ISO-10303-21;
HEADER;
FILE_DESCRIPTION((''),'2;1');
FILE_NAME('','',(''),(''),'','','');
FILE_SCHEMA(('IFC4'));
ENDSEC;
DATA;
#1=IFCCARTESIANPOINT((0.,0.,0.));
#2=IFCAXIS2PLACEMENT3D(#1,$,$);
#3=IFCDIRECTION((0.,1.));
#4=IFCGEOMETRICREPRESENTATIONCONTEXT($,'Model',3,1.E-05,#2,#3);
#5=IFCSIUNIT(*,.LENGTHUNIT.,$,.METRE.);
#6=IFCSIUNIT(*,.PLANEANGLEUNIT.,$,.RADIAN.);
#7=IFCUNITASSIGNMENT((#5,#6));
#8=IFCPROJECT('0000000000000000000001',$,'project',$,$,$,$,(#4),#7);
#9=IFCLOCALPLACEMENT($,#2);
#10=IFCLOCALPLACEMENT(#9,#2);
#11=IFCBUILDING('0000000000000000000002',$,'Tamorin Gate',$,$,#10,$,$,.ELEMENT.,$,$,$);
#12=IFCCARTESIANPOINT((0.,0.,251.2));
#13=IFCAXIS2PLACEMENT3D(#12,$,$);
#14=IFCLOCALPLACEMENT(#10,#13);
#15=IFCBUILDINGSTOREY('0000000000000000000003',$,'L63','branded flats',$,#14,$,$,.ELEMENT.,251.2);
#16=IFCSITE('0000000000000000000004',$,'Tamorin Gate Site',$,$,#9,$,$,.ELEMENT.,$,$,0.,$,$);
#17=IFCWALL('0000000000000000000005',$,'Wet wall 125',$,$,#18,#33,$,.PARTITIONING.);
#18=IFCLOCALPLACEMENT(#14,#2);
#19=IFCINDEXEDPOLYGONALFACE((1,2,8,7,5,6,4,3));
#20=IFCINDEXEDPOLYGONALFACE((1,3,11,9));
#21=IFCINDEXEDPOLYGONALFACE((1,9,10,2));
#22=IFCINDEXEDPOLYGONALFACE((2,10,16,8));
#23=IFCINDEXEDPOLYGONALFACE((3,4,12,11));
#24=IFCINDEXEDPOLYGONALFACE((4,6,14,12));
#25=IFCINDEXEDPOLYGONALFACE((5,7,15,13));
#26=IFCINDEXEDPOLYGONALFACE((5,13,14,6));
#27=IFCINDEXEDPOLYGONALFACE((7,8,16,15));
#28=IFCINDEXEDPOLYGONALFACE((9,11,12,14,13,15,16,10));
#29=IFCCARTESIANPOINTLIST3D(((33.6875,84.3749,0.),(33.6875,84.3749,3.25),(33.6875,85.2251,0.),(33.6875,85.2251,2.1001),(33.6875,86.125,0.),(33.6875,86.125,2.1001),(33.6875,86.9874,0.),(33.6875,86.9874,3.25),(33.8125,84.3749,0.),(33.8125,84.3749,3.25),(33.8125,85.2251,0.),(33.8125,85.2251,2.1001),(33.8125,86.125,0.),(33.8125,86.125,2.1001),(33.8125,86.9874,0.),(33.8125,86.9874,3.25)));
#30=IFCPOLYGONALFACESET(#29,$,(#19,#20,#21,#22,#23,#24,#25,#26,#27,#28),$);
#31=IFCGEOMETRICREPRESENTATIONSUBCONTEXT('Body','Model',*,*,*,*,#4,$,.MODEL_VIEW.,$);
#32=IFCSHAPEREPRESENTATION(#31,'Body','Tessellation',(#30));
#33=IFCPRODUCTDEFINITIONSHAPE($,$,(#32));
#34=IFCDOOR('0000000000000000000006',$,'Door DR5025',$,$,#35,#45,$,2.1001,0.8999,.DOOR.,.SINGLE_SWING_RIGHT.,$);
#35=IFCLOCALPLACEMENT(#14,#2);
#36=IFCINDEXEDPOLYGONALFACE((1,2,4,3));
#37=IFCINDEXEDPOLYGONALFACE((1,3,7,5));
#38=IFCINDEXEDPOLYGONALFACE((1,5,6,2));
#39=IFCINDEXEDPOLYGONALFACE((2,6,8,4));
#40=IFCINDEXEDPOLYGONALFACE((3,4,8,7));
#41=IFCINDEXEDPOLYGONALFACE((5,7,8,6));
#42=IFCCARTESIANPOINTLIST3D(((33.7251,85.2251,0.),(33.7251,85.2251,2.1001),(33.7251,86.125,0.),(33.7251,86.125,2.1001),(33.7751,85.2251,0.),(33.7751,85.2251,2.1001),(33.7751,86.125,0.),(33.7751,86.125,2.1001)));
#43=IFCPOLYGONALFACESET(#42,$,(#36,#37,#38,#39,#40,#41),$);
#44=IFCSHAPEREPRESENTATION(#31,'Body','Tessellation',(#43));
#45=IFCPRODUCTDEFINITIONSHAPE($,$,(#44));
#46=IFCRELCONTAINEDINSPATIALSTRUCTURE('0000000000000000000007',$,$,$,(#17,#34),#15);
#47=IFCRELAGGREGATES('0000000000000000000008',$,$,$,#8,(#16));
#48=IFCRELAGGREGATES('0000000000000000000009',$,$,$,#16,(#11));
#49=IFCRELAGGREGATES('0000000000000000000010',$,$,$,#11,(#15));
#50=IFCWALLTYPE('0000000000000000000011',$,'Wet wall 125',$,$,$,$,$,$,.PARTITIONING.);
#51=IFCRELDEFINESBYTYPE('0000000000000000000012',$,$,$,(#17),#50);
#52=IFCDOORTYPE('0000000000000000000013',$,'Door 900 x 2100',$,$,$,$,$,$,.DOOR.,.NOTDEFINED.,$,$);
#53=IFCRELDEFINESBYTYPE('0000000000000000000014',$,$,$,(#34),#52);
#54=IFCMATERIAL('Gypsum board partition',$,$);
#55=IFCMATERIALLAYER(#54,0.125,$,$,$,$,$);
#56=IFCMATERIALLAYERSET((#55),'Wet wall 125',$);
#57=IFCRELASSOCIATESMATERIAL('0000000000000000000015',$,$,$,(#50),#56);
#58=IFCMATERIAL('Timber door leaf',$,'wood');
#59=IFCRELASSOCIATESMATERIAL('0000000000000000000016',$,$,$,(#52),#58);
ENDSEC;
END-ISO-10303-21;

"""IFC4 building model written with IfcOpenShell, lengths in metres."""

from ifc_helpers import new_model, si_unit, direction, frame, frame_2d, origin, place, context, subcontext, project, spatial, rectangle, extrude, material, layer, layer_set, type_object, element, fill, save


model = new_model("IFC4")

# Units and contexts
model_context = context("Model", 3, precision=1e-05, world=origin(), true_north=direction((0.0, 1.0)))
body_context = subcontext(model_context, "Body", "Model", "MODEL_VIEW")
ifc_project = project(units=[si_unit("LENGTHUNIT", "METRE"), si_unit("PLANEANGLEUNIT", "RADIAN")], contexts=[model_context])

# Site, building, storey
site_placement = place(None, origin())
site = spatial("IfcSite", under=ifc_project, at=site_placement, Name="Tamorin Gate Site", CompositionType="ELEMENT", RefElevation=0.0)
building_placement = place(site_placement, origin())
building = spatial("IfcBuilding", under=site, at=building_placement, Name="Tamorin Gate", CompositionType="ELEMENT")
storey_placement = place(building_placement, frame((0.0, 0.0, 251.2)))
storey = spatial("IfcBuildingStorey", under=building, at=storey_placement, Name="L63", Description="branded flats", CompositionType="ELEMENT", Elevation=251.2)

# Shared definitions
ifc_material_1 = material(Name="Gypsum board partition")
ifc_material_2 = material(Name="Timber door leaf", Category="wood")

# Wall, opening, door
ifc_layer_1 = layer(ifc_material_1, 0.125)
ifc_layer_set_1 = layer_set([ifc_layer_1], Name="Wet wall 125")
wall_type_1 = type_object("IfcWallType", Name="Wet wall 125", PredefinedType="PARTITIONING", material=ifc_layer_set_1)
door_type_1 = type_object("IfcDoorType", Name="Door 900 x 2100", OperationType="NOTDEFINED", PredefinedType="DOOR", material=ifc_material_2)
wall_1_placement = place(storey_placement, frame((33.75, 84.375, 0.0), z_axis=(0.0, 0.0, 1.0), x_axis=(0.0, 1.0, 0.0)))
wall_1 = element("IfcWall", 1, at=wall_1_placement, inside=storey, type_object=wall_type_1, Name="Wet wall 125", PredefinedType="PARTITIONING", context=body_context, shape_type="SweptSolid", body=[
    extrude(rectangle(XDim=2.6125, YDim=0.125, at=frame_2d((1.3062, 0.0))), origin(), (0.0, 0.0, 1.0), 3.25),
])
opening_1_placement = place(wall_1_placement, frame((0.8501, 0.0, 0.0)))
opening_1 = element("IfcOpeningElement", 2, at=opening_1_placement, cuts=wall_1, PredefinedType="OPENING", context=body_context, shape_type="SweptSolid", body=[
    extrude(rectangle(XDim=0.8999, YDim=2.1001, at=frame_2d((0.45, 1.05))), frame((0.0, 0.0725, 0.0), z_axis=(0.0, -1.0, 0.0), x_axis=(1.0, 0.0, 0.0)), (0.0, 0.0, 1.0), 0.145),
])
door_1_placement = place(opening_1_placement, origin())
door_1 = element("IfcDoor", 3, at=door_1_placement, inside=storey, type_object=door_type_1, Name="Door DR5025", OperationType="SINGLE_SWING_RIGHT", OverallHeight=2.1001, OverallWidth=0.8999, PredefinedType="DOOR", context=body_context, shape_type="SweptSolid", body=[
    extrude(rectangle(XDim=0.8999, YDim=2.1001, at=frame_2d((0.45, 1.05))), frame((0.0, 0.0249, 0.0), z_axis=(0.0, -1.0, 0.0), x_axis=(1.0, 0.0, 0.0)), (0.0, 0.0, 1.0), 0.05),
])
fill(opening_1, door_1)

save(model, "model.ifc")
